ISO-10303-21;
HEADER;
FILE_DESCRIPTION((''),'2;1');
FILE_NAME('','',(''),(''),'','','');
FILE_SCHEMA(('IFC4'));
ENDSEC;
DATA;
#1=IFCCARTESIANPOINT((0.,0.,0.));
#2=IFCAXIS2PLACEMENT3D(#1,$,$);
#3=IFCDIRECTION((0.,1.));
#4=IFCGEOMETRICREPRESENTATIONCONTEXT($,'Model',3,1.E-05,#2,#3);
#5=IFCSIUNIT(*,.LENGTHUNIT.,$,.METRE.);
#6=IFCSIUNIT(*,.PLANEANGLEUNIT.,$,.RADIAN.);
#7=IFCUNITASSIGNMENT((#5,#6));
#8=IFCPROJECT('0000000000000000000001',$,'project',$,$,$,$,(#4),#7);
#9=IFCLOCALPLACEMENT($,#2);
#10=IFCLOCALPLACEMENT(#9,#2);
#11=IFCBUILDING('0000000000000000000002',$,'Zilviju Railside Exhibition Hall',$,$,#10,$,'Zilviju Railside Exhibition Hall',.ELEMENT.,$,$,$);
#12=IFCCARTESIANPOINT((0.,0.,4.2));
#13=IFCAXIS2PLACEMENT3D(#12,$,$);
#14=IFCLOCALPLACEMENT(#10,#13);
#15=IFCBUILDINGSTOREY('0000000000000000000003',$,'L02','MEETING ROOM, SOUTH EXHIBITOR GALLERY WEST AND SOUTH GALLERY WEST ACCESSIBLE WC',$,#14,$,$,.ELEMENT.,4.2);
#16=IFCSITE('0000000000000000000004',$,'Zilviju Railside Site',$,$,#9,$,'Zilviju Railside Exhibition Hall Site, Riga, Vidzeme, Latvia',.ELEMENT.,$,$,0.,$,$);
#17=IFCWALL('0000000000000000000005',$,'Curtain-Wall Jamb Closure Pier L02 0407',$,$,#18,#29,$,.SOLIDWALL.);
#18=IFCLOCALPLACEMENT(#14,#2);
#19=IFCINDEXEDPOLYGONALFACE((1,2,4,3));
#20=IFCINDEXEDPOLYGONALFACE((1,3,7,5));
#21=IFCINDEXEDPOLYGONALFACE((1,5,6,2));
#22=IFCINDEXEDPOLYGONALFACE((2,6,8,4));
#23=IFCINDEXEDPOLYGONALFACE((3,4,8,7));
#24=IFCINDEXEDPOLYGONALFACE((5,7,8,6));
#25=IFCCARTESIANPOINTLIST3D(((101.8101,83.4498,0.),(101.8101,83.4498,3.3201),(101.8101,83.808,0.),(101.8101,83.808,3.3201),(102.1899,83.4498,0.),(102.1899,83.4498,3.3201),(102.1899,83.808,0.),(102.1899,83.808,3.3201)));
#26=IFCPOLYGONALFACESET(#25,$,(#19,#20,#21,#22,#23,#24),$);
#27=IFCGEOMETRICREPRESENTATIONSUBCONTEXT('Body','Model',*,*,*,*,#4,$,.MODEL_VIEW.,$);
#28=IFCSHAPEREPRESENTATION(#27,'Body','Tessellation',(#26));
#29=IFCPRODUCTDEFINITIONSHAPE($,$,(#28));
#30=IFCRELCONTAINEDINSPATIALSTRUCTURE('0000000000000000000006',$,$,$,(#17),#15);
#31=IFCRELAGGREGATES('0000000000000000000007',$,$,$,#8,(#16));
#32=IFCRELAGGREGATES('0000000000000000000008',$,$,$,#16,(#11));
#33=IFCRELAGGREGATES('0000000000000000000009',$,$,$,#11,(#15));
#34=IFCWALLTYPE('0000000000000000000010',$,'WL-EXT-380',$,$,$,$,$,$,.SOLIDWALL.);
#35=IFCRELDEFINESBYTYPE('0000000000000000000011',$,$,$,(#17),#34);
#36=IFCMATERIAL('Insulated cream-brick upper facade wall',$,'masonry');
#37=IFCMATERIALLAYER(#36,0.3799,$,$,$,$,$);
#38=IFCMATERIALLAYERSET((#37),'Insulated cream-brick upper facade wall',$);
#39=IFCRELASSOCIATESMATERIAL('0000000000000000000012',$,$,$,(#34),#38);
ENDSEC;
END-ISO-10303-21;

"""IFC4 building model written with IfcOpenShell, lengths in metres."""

from ifc_helpers import new_model, si_unit, direction, frame, frame_2d, origin, place, context, subcontext, project, spatial, rectangle, extrude, material, layer, layer_set, type_object, element, save


model = new_model("IFC4")

# Units and contexts
model_context = context("Model", 3, precision=1e-05, world=origin(), true_north=direction((0.0, 1.0)))
body_context = subcontext(model_context, "Body", "Model", "MODEL_VIEW")
ifc_project = project(units=[si_unit("LENGTHUNIT", "METRE"), si_unit("PLANEANGLEUNIT", "RADIAN")], contexts=[model_context])

# Site, building, storey
site_placement = place(None, origin())
site = spatial("IfcSite", under=ifc_project, at=site_placement, Name="Zilviju Railside Site", LongName="Zilviju Railside Exhibition Hall Site, Riga, Vidzeme, Latvia", CompositionType="ELEMENT", RefElevation=0.0)
building_placement = place(site_placement, origin())
building = spatial("IfcBuilding", under=site, at=building_placement, Name="Zilviju Railside Exhibition Hall", LongName="Zilviju Railside Exhibition Hall", CompositionType="ELEMENT")
storey_placement = place(building_placement, frame((0.0, 0.0, 4.2)))
storey = spatial("IfcBuildingStorey", under=building, at=storey_placement, Name="L02", Description="MEETING ROOM, SOUTH EXHIBITOR GALLERY WEST AND SOUTH GALLERY WEST ACCESSIBLE WC", CompositionType="ELEMENT", Elevation=4.2)

# Wall
ifc_material_1 = material(Name="Insulated cream-brick upper facade wall", Category="masonry")
ifc_layer_1 = layer(ifc_material_1, 0.3799)
ifc_layer_set_1 = layer_set([ifc_layer_1], Name="Insulated cream-brick upper facade wall")
wall_type_1 = type_object("IfcWallType", Name="WL-EXT-380", PredefinedType="SOLIDWALL", material=ifc_layer_set_1)
wall_1_placement = place(storey_placement, frame((102.0, 83.8081, 0.0), z_axis=(0.0, 0.0, 1.0), x_axis=(0.0, -1.0, 0.0)))
element("IfcWall", 1, at=wall_1_placement, inside=storey, type_object=wall_type_1, Name="Curtain-Wall Jamb Closure Pier L02 0407", PredefinedType="SOLIDWALL", context=body_context, shape_type="SweptSolid", body=[
    extrude(rectangle(XDim=0.3582, YDim=0.3799, at=frame_2d((0.1792, 0.0))), origin(), (0.0, 0.0, 1.0), 3.3201),
])

save(model, "model.ifc")
